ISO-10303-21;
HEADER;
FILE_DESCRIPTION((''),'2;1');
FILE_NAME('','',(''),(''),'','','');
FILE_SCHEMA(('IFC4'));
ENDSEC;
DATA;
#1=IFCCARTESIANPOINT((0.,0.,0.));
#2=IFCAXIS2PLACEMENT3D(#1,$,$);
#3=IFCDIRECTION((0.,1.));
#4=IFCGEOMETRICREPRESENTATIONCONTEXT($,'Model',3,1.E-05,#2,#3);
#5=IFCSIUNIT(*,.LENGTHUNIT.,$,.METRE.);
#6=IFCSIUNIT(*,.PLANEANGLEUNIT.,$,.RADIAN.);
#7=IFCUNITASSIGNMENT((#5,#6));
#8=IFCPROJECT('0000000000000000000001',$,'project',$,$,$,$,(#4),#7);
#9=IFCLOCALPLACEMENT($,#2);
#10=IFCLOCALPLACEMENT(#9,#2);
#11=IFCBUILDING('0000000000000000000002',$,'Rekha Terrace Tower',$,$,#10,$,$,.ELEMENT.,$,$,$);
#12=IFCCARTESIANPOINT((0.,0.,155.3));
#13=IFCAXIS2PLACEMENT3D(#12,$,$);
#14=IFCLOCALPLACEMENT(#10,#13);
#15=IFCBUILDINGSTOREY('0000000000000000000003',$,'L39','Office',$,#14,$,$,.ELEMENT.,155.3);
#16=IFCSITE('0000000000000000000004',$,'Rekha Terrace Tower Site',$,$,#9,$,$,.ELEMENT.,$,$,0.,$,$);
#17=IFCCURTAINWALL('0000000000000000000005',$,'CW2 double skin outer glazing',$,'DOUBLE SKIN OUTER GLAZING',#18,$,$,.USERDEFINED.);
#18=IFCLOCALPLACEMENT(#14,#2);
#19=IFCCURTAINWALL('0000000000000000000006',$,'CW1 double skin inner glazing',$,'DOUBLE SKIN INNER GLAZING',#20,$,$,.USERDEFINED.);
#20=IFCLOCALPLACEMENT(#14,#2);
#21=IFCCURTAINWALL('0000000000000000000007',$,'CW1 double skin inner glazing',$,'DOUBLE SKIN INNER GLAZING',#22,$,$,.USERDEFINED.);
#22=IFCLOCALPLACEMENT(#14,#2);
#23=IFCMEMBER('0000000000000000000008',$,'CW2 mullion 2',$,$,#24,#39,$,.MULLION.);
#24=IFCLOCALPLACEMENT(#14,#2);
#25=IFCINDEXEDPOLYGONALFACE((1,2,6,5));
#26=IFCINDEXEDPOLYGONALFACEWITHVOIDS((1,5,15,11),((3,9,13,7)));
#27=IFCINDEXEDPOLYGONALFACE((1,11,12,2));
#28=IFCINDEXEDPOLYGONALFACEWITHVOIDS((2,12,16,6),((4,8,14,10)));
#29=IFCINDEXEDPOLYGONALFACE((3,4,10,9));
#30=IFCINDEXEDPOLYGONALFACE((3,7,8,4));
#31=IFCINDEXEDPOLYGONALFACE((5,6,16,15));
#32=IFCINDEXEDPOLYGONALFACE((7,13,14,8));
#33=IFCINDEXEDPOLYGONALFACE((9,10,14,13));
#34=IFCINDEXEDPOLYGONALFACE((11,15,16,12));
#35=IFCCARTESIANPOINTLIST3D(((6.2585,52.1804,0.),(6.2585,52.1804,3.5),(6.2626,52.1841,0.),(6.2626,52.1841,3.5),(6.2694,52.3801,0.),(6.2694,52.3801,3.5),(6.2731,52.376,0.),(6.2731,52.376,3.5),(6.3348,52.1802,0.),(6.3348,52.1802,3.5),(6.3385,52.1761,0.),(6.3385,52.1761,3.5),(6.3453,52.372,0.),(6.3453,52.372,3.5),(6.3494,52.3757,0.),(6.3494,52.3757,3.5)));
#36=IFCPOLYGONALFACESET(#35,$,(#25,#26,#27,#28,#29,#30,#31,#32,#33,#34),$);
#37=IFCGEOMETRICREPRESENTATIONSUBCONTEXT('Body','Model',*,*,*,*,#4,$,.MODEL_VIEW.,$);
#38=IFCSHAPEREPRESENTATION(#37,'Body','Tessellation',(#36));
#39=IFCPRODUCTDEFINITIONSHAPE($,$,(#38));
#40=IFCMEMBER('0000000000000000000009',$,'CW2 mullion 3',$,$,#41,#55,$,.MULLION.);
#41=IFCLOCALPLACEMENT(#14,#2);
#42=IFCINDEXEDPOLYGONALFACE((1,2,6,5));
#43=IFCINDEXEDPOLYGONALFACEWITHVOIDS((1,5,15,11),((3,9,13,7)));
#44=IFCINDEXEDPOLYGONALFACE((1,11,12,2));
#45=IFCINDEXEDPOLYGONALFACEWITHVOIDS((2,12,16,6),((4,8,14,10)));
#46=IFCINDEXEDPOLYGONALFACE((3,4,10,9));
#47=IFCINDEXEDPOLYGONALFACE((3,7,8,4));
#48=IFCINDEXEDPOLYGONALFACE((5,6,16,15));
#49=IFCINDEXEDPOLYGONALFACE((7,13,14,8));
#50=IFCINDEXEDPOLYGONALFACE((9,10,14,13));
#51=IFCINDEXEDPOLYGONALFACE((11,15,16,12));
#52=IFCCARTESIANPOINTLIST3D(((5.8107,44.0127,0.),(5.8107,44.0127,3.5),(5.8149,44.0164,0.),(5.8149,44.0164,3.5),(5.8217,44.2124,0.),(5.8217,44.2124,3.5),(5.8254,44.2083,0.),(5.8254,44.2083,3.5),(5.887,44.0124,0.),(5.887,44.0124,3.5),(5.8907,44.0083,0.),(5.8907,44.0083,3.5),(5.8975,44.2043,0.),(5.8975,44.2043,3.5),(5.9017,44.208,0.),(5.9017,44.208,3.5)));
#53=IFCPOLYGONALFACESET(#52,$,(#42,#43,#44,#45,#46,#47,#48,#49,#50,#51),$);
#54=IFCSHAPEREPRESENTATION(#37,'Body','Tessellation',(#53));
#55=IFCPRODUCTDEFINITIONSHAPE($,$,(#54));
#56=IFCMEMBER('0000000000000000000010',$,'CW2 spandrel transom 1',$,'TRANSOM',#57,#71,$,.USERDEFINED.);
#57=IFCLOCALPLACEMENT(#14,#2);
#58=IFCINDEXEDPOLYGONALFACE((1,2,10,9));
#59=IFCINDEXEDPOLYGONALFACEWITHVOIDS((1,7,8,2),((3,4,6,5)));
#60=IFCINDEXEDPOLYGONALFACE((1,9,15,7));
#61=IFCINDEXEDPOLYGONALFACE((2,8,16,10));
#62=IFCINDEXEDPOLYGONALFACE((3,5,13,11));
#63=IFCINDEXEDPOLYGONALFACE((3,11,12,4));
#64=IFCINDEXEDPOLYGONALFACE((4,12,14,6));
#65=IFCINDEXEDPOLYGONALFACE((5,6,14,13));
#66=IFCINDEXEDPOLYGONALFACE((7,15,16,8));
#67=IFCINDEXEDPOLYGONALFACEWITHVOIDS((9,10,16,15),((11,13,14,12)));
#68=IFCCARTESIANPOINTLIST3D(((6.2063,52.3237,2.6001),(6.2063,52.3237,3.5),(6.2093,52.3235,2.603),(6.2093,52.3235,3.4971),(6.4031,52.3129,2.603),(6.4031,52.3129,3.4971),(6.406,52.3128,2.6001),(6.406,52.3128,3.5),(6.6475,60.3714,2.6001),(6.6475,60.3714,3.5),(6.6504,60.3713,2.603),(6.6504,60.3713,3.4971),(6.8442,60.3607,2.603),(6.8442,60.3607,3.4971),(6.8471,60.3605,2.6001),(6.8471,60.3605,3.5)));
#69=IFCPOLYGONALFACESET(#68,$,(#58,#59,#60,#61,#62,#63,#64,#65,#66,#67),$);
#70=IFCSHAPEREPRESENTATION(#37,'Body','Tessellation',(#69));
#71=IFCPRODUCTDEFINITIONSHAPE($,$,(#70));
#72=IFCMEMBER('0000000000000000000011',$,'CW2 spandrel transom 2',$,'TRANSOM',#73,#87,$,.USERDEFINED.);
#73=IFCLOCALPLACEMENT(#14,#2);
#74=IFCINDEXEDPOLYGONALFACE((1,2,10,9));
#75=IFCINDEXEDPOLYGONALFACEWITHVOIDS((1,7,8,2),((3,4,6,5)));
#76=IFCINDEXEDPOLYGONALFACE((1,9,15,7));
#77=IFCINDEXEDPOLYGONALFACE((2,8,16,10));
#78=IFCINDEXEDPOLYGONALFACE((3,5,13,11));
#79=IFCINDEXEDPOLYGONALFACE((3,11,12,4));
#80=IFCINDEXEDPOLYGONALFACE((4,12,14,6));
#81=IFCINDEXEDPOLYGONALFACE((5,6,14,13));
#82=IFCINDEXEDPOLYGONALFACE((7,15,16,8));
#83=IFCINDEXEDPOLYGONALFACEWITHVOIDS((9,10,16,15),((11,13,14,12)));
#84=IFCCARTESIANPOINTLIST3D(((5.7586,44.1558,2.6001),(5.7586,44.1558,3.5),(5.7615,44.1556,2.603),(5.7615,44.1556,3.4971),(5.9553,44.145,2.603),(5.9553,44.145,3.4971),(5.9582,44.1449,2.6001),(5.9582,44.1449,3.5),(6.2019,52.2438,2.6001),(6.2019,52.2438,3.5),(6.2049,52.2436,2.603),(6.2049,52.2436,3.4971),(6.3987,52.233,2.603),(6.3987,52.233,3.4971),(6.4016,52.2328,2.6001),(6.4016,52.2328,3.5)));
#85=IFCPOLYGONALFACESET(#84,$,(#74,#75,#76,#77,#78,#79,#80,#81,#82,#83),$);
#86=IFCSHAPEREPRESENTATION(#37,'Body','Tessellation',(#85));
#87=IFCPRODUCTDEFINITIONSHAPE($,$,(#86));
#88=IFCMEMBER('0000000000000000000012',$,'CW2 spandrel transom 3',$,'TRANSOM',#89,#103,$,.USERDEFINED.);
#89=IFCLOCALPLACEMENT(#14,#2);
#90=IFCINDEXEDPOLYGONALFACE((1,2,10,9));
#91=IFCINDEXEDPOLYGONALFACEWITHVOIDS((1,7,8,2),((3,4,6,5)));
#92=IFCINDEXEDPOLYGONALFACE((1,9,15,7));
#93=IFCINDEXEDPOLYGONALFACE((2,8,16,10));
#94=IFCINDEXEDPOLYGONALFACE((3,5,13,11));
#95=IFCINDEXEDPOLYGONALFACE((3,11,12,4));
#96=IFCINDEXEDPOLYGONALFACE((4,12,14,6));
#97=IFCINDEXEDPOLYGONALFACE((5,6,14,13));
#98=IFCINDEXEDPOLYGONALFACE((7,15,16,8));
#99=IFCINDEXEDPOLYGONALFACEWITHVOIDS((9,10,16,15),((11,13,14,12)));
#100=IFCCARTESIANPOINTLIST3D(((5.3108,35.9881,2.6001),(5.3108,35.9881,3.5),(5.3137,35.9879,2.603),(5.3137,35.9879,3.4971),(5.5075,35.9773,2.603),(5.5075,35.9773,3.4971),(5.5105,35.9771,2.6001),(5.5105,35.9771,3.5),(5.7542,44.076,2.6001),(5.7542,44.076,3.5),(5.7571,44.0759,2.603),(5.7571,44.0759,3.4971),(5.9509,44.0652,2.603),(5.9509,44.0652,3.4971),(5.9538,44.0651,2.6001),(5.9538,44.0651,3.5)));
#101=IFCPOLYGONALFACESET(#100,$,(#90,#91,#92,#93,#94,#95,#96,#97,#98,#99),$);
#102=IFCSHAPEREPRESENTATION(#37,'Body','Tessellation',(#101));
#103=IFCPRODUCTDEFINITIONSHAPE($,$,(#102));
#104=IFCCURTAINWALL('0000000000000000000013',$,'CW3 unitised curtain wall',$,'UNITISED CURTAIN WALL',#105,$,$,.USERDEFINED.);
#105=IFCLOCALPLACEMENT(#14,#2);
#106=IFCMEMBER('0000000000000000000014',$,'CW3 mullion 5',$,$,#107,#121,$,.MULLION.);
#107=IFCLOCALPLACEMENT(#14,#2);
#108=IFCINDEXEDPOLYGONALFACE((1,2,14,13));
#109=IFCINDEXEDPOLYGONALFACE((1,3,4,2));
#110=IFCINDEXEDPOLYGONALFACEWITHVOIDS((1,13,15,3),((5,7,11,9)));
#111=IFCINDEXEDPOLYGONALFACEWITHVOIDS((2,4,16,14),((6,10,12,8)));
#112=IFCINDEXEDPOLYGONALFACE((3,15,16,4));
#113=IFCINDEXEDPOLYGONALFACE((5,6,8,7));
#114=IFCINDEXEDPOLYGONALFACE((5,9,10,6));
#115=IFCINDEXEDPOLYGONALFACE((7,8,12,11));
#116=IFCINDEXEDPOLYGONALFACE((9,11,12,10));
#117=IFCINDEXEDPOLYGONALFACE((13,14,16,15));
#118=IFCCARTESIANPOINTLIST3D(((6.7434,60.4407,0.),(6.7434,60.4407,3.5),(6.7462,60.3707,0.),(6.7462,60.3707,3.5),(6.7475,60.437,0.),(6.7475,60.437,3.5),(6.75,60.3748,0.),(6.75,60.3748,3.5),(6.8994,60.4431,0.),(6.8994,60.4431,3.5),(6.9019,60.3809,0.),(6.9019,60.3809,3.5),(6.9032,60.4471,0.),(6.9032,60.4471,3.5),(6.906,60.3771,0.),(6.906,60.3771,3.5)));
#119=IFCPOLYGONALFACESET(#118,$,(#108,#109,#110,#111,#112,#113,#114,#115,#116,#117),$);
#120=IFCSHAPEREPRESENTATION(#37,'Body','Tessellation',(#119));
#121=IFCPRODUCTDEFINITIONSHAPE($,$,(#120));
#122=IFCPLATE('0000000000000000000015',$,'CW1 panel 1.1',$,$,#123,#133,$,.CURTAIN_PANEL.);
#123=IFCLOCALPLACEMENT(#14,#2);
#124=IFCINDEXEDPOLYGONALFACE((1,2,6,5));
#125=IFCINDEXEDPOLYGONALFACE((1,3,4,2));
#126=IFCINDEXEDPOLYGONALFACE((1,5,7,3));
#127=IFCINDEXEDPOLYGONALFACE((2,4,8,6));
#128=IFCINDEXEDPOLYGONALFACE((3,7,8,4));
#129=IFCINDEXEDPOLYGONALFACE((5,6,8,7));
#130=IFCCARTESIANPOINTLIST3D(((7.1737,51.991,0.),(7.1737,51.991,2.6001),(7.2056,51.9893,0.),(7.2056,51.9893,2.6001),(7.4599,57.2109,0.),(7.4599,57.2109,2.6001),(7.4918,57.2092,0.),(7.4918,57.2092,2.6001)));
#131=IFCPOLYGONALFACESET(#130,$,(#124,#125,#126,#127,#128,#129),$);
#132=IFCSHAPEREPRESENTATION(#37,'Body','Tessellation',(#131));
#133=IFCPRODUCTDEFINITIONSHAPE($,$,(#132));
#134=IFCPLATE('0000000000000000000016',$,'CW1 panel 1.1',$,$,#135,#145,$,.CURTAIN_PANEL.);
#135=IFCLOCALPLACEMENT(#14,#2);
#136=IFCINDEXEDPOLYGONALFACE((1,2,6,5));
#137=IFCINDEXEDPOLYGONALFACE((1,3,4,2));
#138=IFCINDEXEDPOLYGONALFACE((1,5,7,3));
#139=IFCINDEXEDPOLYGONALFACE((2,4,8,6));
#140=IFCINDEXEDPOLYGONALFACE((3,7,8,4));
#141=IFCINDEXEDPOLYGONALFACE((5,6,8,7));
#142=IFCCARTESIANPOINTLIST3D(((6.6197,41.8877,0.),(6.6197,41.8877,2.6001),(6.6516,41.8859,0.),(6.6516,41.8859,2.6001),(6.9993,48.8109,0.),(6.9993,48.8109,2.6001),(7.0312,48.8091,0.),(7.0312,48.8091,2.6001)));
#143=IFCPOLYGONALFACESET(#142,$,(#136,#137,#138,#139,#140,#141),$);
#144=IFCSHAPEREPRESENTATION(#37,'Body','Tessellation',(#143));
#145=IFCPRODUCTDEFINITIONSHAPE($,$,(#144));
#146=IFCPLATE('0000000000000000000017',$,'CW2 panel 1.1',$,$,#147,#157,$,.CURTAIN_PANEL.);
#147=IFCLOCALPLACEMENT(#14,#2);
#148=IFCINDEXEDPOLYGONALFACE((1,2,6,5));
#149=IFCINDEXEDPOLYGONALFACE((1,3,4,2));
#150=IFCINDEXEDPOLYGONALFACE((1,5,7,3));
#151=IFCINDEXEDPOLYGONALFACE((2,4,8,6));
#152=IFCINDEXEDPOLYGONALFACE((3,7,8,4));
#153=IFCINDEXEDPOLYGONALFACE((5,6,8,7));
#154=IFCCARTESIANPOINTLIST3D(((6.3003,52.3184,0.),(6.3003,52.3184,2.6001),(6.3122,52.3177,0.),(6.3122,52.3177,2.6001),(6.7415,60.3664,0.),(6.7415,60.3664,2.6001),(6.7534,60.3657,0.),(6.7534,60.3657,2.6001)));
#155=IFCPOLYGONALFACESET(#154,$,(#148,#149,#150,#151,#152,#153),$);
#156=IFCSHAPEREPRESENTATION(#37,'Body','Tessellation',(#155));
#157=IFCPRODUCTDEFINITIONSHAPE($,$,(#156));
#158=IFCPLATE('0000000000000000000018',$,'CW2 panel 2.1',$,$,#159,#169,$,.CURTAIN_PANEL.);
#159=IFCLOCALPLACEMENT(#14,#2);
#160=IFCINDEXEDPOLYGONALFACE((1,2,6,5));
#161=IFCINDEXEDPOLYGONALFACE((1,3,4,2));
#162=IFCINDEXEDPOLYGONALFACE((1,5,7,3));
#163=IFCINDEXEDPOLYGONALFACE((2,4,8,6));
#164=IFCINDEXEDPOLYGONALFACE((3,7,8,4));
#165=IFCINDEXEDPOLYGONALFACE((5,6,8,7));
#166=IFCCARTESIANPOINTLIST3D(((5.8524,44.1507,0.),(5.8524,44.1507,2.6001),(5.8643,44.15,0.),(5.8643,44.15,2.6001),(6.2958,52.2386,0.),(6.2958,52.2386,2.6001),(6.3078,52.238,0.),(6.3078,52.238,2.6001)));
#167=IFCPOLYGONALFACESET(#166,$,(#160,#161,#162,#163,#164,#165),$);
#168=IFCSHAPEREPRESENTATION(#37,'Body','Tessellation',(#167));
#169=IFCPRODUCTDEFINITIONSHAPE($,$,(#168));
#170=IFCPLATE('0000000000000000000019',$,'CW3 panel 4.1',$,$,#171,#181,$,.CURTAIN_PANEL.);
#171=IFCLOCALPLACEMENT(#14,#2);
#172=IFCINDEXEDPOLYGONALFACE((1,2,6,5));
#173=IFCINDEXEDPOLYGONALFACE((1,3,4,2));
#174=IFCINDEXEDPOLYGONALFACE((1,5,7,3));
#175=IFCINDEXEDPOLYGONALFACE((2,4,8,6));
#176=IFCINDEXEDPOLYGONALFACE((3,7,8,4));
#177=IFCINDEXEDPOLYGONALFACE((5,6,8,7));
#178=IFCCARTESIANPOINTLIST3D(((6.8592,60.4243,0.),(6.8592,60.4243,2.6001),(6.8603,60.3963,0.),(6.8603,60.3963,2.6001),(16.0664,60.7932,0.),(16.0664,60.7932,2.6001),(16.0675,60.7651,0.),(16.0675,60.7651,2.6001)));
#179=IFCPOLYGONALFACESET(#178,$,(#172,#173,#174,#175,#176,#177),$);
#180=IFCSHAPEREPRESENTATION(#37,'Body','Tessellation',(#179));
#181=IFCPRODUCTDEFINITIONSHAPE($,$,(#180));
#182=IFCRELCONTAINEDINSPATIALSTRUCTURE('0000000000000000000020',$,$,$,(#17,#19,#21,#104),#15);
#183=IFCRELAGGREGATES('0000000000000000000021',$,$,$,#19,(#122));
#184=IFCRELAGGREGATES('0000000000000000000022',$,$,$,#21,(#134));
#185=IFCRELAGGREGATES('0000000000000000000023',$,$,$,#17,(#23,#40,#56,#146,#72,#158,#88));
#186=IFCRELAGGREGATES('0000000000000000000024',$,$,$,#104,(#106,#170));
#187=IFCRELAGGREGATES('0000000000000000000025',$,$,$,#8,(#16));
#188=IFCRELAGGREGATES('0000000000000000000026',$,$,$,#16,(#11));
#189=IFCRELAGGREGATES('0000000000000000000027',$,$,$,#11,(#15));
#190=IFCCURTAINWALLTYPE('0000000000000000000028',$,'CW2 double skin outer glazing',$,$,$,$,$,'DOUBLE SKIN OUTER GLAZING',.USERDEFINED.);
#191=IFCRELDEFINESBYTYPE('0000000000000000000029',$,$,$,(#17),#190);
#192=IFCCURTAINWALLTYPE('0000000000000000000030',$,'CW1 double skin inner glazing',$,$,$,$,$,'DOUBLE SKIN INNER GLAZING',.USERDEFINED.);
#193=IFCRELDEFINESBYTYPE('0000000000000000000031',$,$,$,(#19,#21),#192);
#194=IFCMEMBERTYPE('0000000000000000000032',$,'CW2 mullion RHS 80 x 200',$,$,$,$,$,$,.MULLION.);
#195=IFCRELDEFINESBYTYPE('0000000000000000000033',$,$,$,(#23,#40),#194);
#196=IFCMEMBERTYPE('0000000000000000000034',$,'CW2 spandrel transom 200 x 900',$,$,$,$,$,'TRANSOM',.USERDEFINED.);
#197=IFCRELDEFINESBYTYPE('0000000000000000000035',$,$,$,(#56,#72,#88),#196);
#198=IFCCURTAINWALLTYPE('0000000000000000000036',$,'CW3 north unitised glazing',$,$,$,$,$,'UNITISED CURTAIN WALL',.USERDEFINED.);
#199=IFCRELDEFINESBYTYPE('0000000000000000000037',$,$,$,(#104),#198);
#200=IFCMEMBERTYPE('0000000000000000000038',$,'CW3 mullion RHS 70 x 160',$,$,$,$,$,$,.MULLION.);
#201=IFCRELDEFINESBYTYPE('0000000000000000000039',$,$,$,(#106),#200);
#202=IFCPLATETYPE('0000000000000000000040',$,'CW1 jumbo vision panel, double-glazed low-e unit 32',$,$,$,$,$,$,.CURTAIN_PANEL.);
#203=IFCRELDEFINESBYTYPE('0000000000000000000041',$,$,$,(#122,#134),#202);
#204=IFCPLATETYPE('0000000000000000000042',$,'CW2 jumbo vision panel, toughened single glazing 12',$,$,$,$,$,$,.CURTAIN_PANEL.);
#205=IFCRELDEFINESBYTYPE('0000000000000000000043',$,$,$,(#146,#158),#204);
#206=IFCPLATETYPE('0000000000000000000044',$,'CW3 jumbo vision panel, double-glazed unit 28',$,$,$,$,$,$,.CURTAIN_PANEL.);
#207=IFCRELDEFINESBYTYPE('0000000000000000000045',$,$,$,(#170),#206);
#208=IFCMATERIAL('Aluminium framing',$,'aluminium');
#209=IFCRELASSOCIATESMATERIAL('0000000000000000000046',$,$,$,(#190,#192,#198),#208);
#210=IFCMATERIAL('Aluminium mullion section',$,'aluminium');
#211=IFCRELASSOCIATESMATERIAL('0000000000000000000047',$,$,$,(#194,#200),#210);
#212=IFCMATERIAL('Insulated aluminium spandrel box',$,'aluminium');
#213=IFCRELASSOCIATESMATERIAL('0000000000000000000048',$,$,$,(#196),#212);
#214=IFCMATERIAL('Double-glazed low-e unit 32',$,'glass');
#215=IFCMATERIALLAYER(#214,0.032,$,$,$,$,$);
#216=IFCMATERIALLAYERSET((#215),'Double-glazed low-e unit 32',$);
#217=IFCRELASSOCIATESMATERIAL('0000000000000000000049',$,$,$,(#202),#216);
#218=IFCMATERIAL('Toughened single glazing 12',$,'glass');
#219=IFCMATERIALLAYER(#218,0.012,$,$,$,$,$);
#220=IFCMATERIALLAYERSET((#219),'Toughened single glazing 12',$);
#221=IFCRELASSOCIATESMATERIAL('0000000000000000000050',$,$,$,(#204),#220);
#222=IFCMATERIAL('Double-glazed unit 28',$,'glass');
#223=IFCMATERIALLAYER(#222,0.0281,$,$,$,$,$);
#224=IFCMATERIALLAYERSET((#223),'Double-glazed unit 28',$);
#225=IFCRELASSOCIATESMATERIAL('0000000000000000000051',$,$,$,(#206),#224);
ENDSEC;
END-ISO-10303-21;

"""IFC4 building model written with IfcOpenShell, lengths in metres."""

from ifc_helpers import new_model, si_unit, direction, frame, origin, origin_2d, place, context, subcontext, project, spatial, rectangle, hollow_rectangle, extrude, material, layer, layer_set, material_profile, profile_set, type_object, element, aggregate, save


model = new_model("IFC4")

# Units and contexts
model_context = context("Model", 3, precision=1e-05, world=origin(), true_north=direction((0.0, 1.0)))
body_context = subcontext(model_context, "Body", "Model", "MODEL_VIEW")
ifc_project = project(units=[si_unit("LENGTHUNIT", "METRE"), si_unit("PLANEANGLEUNIT", "RADIAN")], contexts=[model_context])

# Site, building, storey
site_placement = place(None, origin())
site = spatial("IfcSite", under=ifc_project, at=site_placement, Name="Rekha Terrace Tower Site", CompositionType="ELEMENT", RefElevation=0.0)
building_placement = place(site_placement, origin())
building = spatial("IfcBuilding", under=site, at=building_placement, Name="Rekha Terrace Tower", CompositionType="ELEMENT")
storey_placement = place(building_placement, frame((0.0, 0.0, 155.3)))
storey = spatial("IfcBuildingStorey", under=building, at=storey_placement, Name="L39", Description="Office", CompositionType="ELEMENT", Elevation=155.3)

# Curtain walls
ifc_material_1 = material(Name="Aluminium framing", Category="aluminium")
curtain_wall_type_1 = type_object("IfcCurtainWallType", Name="CW2 double skin outer glazing", ElementType="DOUBLE SKIN OUTER GLAZING", PredefinedType="USERDEFINED", material=ifc_material_1)
curtain_wall_1_placement = place(storey_placement, origin())
curtain_wall_1 = element("IfcCurtainWall", 1, at=curtain_wall_1_placement, inside=storey, type_object=curtain_wall_type_1, Name="CW2 double skin outer glazing", ObjectType="DOUBLE SKIN OUTER GLAZING", PredefinedType="USERDEFINED")
curtain_wall_type_2 = type_object("IfcCurtainWallType", Name="CW1 double skin inner glazing", ElementType="DOUBLE SKIN INNER GLAZING", PredefinedType="USERDEFINED", material=ifc_material_1)
curtain_wall_2_placement = place(storey_placement, origin())
curtain_wall_2 = element("IfcCurtainWall", 2, at=curtain_wall_2_placement, inside=storey, type_object=curtain_wall_type_2, Name="CW1 double skin inner glazing", ObjectType="DOUBLE SKIN INNER GLAZING", PredefinedType="USERDEFINED")
ifc_material_2 = material(Name="Aluminium mullion section", Category="aluminium")

# Curtain wall
curtain_wall_3_placement = place(storey_placement, origin())
curtain_wall_3 = element("IfcCurtainWall", 3, at=curtain_wall_3_placement, inside=storey, type_object=curtain_wall_type_2, Name="CW1 double skin inner glazing", ObjectType="DOUBLE SKIN INNER GLAZING", PredefinedType="USERDEFINED")

# Members
ifc_material_3 = material(Name="Insulated aluminium spandrel box", Category="aluminium")
ifc_material_profile_1 = material_profile(ifc_material_2, hollow_rectangle(XDim=0.0801, YDim=0.2, WallThickness=0.0039, at=origin_2d()), Name="AL RHS 80x200")
ifc_profile_set_1 = profile_set([ifc_material_profile_1], Name="Aluminium mullion section")
member_type_1 = type_object("IfcMemberType", Name="CW2 mullion RHS 80 x 200", PredefinedType="MULLION", material=ifc_profile_set_1)
member_1_placement = place(storey_placement, frame((6.304, 52.2781, 0.0), z_axis=(0.0, 0.0, 1.0), x_axis=(0.998501, -0.054742, 0.0)))
member_1 = element("IfcMember", 4, at=member_1_placement, type_object=member_type_1, Name="CW2 mullion 2", PredefinedType="MULLION", context=body_context, shape_type="SweptSolid", body=[
    extrude(hollow_rectangle(XDim=0.0801, YDim=0.2, WallThickness=0.0039, at=origin_2d()), origin(), (0.0, 0.0, 1.0), 3.5),
])
member_2_placement = place(storey_placement, frame((5.8562, 44.1104, 0.0), z_axis=(0.0, 0.0, 1.0), x_axis=(0.998501, -0.054742, 0.0)))
member_2 = element("IfcMember", 5, at=member_2_placement, type_object=member_type_1, Name="CW2 mullion 3", PredefinedType="MULLION", context=body_context, shape_type="SweptSolid", body=[
    extrude(hollow_rectangle(XDim=0.0801, YDim=0.2, WallThickness=0.0039, at=origin_2d()), origin(), (0.0, 0.0, 1.0), 3.5),
])
ifc_material_profile_2 = material_profile(ifc_material_3, hollow_rectangle(XDim=0.2, YDim=0.8999, WallThickness=0.0029, at=origin_2d()), Name="AL SPANDREL BOX 200x900")
ifc_profile_set_2 = profile_set([ifc_material_profile_2], Name="Insulated aluminium spandrel box")
member_type_2 = type_object("IfcMemberType", Name="CW2 spandrel transom 200 x 900", ElementType="TRANSOM", PredefinedType="USERDEFINED", material=ifc_profile_set_2)
member_3_placement = place(storey_placement, frame((6.7473, 60.366, 3.05), z_axis=(-0.054735, -0.998501, 0.0), x_axis=(0.998501, -0.054735, 0.0)))
member_3 = element("IfcMember", 6, at=member_3_placement, type_object=member_type_2, Name="CW2 spandrel transom 1", ObjectType="TRANSOM", PredefinedType="USERDEFINED", context=body_context, shape_type="SweptSolid", body=[
    extrude(hollow_rectangle(XDim=0.2, YDim=0.8999, WallThickness=0.0029, at=origin_2d()), origin(), (0.0, 0.0, 1.0), 8.0598),
])
member_4_placement = place(storey_placement, frame((6.3018, 52.2383, 3.05), z_axis=(-0.054735, -0.998501, 0.0), x_axis=(0.998501, -0.054735, 0.0)))
member_4 = element("IfcMember", 7, at=member_4_placement, type_object=member_type_2, Name="CW2 spandrel transom 2", ObjectType="TRANSOM", PredefinedType="USERDEFINED", context=body_context, shape_type="SweptSolid", body=[
    extrude(hollow_rectangle(XDim=0.2, YDim=0.8999, WallThickness=0.0029, at=origin_2d()), origin(), (0.0, 0.0, 1.0), 8.1001),
])
member_5_placement = place(storey_placement, frame((5.854, 44.0706, 3.05), z_axis=(-0.054735, -0.998501, 0.0), x_axis=(0.998501, -0.054735, 0.0)))
member_5 = element("IfcMember", 8, at=member_5_placement, type_object=member_type_2, Name="CW2 spandrel transom 3", ObjectType="TRANSOM", PredefinedType="USERDEFINED", context=body_context, shape_type="SweptSolid", body=[
    extrude(hollow_rectangle(XDim=0.2, YDim=0.8999, WallThickness=0.0029, at=origin_2d()), origin(), (0.0, 0.0, 1.0), 8.1001),
])

# Curtain wall, member
curtain_wall_type_3 = type_object("IfcCurtainWallType", Name="CW3 north unitised glazing", ElementType="UNITISED CURTAIN WALL", PredefinedType="USERDEFINED", material=ifc_material_1)
curtain_wall_4_placement = place(storey_placement, origin())
curtain_wall_4 = element("IfcCurtainWall", 9, at=curtain_wall_4_placement, inside=storey, type_object=curtain_wall_type_3, Name="CW3 unitised curtain wall", ObjectType="UNITISED CURTAIN WALL", PredefinedType="USERDEFINED")
ifc_material_profile_3 = material_profile(ifc_material_2, hollow_rectangle(XDim=0.0701, YDim=0.1599, WallThickness=0.0039, at=origin_2d()), Name="AL RHS 70x160")
ifc_profile_set_3 = profile_set([ifc_material_profile_3], Name="Aluminium mullion section")
member_type_3 = type_object("IfcMemberType", Name="CW3 mullion RHS 70 x 160", PredefinedType="MULLION", material=ifc_profile_set_3)
member_6_placement = place(storey_placement, frame((6.8247, 60.4089, 0.0), z_axis=(0.0, 0.0, 1.0), x_axis=(0.040032, -0.999198, 0.0)))
member_6 = element("IfcMember", 10, at=member_6_placement, type_object=member_type_3, Name="CW3 mullion 5", PredefinedType="MULLION", context=body_context, shape_type="SweptSolid", body=[
    extrude(hollow_rectangle(XDim=0.0701, YDim=0.1599, WallThickness=0.0039, at=origin_2d()), origin(), (0.0, 0.0, 1.0), 3.5),
])

# Plates
ifc_material_4 = material(Name="Double-glazed low-e unit 32", Category="glass")
ifc_layer_1 = layer(ifc_material_4, 0.032)
ifc_layer_set_1 = layer_set([ifc_layer_1], Name="Double-glazed low-e unit 32")
plate_type_1 = type_object("IfcPlateType", Name="CW1 jumbo vision panel, double-glazed low-e unit 32", PredefinedType="CURTAIN_PANEL", material=ifc_layer_set_1)
plate_1_placement = place(storey_placement, frame((7.3328, 54.6001, 0.0), z_axis=(0.0, 0.0, 1.0), x_axis=(-0.054742, -0.998501, 0.0)))
plate_1 = element("IfcPlate", 11, at=plate_1_placement, type_object=plate_type_1, Name="CW1 panel 1.1", PredefinedType="CURTAIN_PANEL", context=body_context, shape_type="SweptSolid", body=[
    extrude(rectangle(XDim=5.2278, YDim=0.032, at=origin_2d()), origin(), (0.0, 0.0, 1.0), 2.6001),
])
aggregate(curtain_wall_2, [plate_1])
plate_2_placement = place(storey_placement, frame((6.8254, 45.3484, 0.0), z_axis=(0.0, 0.0, 1.0), x_axis=(-0.054742, -0.998501, 0.0)))
plate_2 = element("IfcPlate", 12, at=plate_2_placement, type_object=plate_type_1, Name="CW1 panel 1.1", PredefinedType="CURTAIN_PANEL", context=body_context, shape_type="SweptSolid", body=[
    extrude(rectangle(XDim=6.9336, YDim=0.032, at=origin_2d()), origin(), (0.0, 0.0, 1.0), 2.6001),
])
aggregate(curtain_wall_3, [plate_2])
ifc_material_5 = material(Name="Toughened single glazing 12", Category="glass")
ifc_layer_2 = layer(ifc_material_5, 0.012)
ifc_layer_set_2 = layer_set([ifc_layer_2], Name="Toughened single glazing 12")
plate_type_2 = type_object("IfcPlateType", Name="CW2 jumbo vision panel, toughened single glazing 12", PredefinedType="CURTAIN_PANEL", material=ifc_layer_set_2)
plate_3_placement = place(storey_placement, frame((6.5269, 56.342, 0.0), z_axis=(0.0, 0.0, 1.0), x_axis=(-0.054742, -0.998501, 0.0)))
plate_3 = element("IfcPlate", 13, at=plate_3_placement, type_object=plate_type_2, Name="CW2 panel 1.1", PredefinedType="CURTAIN_PANEL", context=body_context, shape_type="SweptSolid", body=[
    extrude(rectangle(XDim=8.0601, YDim=0.012, at=origin_2d()), origin(), (0.0, 0.0, 1.0), 2.6001),
])
plate_4_placement = place(storey_placement, frame((6.0801, 48.1943, 0.0), z_axis=(0.0, 0.0, 1.0), x_axis=(-0.054742, -0.998501, 0.0)))
plate_4 = element("IfcPlate", 14, at=plate_4_placement, type_object=plate_type_2, Name="CW2 panel 2.1", PredefinedType="CURTAIN_PANEL", context=body_context, shape_type="SweptSolid", body=[
    extrude(rectangle(XDim=8.1001, YDim=0.012, at=origin_2d()), origin(), (0.0, 0.0, 1.0), 2.6001),
])
aggregate(curtain_wall_1, [member_1, member_2, member_3, plate_3, member_4, plate_4, member_5])
ifc_material_6 = material(Name="Double-glazed unit 28", Category="glass")
ifc_layer_3 = layer(ifc_material_6, 0.0281)
ifc_layer_set_3 = layer_set([ifc_layer_3], Name="Double-glazed unit 28")
plate_type_3 = type_object("IfcPlateType", Name="CW3 jumbo vision panel, double-glazed unit 28", PredefinedType="CURTAIN_PANEL", material=ifc_layer_set_3)
plate_5_placement = place(storey_placement, frame((11.4634, 60.5947, 0.0), z_axis=(0.0, 0.0, 1.0), x_axis=(-0.999198, -0.040032, 0.0)))
plate_5 = element("IfcPlate", 15, at=plate_5_placement, type_object=plate_type_3, Name="CW3 panel 4.1", PredefinedType="CURTAIN_PANEL", context=body_context, shape_type="SweptSolid", body=[
    extrude(rectangle(XDim=9.2146, YDim=0.0281, at=origin_2d()), origin(), (0.0, 0.0, 1.0), 2.6001),
])
aggregate(curtain_wall_4, [member_6, plate_5])

save(model, "model.ifc")
